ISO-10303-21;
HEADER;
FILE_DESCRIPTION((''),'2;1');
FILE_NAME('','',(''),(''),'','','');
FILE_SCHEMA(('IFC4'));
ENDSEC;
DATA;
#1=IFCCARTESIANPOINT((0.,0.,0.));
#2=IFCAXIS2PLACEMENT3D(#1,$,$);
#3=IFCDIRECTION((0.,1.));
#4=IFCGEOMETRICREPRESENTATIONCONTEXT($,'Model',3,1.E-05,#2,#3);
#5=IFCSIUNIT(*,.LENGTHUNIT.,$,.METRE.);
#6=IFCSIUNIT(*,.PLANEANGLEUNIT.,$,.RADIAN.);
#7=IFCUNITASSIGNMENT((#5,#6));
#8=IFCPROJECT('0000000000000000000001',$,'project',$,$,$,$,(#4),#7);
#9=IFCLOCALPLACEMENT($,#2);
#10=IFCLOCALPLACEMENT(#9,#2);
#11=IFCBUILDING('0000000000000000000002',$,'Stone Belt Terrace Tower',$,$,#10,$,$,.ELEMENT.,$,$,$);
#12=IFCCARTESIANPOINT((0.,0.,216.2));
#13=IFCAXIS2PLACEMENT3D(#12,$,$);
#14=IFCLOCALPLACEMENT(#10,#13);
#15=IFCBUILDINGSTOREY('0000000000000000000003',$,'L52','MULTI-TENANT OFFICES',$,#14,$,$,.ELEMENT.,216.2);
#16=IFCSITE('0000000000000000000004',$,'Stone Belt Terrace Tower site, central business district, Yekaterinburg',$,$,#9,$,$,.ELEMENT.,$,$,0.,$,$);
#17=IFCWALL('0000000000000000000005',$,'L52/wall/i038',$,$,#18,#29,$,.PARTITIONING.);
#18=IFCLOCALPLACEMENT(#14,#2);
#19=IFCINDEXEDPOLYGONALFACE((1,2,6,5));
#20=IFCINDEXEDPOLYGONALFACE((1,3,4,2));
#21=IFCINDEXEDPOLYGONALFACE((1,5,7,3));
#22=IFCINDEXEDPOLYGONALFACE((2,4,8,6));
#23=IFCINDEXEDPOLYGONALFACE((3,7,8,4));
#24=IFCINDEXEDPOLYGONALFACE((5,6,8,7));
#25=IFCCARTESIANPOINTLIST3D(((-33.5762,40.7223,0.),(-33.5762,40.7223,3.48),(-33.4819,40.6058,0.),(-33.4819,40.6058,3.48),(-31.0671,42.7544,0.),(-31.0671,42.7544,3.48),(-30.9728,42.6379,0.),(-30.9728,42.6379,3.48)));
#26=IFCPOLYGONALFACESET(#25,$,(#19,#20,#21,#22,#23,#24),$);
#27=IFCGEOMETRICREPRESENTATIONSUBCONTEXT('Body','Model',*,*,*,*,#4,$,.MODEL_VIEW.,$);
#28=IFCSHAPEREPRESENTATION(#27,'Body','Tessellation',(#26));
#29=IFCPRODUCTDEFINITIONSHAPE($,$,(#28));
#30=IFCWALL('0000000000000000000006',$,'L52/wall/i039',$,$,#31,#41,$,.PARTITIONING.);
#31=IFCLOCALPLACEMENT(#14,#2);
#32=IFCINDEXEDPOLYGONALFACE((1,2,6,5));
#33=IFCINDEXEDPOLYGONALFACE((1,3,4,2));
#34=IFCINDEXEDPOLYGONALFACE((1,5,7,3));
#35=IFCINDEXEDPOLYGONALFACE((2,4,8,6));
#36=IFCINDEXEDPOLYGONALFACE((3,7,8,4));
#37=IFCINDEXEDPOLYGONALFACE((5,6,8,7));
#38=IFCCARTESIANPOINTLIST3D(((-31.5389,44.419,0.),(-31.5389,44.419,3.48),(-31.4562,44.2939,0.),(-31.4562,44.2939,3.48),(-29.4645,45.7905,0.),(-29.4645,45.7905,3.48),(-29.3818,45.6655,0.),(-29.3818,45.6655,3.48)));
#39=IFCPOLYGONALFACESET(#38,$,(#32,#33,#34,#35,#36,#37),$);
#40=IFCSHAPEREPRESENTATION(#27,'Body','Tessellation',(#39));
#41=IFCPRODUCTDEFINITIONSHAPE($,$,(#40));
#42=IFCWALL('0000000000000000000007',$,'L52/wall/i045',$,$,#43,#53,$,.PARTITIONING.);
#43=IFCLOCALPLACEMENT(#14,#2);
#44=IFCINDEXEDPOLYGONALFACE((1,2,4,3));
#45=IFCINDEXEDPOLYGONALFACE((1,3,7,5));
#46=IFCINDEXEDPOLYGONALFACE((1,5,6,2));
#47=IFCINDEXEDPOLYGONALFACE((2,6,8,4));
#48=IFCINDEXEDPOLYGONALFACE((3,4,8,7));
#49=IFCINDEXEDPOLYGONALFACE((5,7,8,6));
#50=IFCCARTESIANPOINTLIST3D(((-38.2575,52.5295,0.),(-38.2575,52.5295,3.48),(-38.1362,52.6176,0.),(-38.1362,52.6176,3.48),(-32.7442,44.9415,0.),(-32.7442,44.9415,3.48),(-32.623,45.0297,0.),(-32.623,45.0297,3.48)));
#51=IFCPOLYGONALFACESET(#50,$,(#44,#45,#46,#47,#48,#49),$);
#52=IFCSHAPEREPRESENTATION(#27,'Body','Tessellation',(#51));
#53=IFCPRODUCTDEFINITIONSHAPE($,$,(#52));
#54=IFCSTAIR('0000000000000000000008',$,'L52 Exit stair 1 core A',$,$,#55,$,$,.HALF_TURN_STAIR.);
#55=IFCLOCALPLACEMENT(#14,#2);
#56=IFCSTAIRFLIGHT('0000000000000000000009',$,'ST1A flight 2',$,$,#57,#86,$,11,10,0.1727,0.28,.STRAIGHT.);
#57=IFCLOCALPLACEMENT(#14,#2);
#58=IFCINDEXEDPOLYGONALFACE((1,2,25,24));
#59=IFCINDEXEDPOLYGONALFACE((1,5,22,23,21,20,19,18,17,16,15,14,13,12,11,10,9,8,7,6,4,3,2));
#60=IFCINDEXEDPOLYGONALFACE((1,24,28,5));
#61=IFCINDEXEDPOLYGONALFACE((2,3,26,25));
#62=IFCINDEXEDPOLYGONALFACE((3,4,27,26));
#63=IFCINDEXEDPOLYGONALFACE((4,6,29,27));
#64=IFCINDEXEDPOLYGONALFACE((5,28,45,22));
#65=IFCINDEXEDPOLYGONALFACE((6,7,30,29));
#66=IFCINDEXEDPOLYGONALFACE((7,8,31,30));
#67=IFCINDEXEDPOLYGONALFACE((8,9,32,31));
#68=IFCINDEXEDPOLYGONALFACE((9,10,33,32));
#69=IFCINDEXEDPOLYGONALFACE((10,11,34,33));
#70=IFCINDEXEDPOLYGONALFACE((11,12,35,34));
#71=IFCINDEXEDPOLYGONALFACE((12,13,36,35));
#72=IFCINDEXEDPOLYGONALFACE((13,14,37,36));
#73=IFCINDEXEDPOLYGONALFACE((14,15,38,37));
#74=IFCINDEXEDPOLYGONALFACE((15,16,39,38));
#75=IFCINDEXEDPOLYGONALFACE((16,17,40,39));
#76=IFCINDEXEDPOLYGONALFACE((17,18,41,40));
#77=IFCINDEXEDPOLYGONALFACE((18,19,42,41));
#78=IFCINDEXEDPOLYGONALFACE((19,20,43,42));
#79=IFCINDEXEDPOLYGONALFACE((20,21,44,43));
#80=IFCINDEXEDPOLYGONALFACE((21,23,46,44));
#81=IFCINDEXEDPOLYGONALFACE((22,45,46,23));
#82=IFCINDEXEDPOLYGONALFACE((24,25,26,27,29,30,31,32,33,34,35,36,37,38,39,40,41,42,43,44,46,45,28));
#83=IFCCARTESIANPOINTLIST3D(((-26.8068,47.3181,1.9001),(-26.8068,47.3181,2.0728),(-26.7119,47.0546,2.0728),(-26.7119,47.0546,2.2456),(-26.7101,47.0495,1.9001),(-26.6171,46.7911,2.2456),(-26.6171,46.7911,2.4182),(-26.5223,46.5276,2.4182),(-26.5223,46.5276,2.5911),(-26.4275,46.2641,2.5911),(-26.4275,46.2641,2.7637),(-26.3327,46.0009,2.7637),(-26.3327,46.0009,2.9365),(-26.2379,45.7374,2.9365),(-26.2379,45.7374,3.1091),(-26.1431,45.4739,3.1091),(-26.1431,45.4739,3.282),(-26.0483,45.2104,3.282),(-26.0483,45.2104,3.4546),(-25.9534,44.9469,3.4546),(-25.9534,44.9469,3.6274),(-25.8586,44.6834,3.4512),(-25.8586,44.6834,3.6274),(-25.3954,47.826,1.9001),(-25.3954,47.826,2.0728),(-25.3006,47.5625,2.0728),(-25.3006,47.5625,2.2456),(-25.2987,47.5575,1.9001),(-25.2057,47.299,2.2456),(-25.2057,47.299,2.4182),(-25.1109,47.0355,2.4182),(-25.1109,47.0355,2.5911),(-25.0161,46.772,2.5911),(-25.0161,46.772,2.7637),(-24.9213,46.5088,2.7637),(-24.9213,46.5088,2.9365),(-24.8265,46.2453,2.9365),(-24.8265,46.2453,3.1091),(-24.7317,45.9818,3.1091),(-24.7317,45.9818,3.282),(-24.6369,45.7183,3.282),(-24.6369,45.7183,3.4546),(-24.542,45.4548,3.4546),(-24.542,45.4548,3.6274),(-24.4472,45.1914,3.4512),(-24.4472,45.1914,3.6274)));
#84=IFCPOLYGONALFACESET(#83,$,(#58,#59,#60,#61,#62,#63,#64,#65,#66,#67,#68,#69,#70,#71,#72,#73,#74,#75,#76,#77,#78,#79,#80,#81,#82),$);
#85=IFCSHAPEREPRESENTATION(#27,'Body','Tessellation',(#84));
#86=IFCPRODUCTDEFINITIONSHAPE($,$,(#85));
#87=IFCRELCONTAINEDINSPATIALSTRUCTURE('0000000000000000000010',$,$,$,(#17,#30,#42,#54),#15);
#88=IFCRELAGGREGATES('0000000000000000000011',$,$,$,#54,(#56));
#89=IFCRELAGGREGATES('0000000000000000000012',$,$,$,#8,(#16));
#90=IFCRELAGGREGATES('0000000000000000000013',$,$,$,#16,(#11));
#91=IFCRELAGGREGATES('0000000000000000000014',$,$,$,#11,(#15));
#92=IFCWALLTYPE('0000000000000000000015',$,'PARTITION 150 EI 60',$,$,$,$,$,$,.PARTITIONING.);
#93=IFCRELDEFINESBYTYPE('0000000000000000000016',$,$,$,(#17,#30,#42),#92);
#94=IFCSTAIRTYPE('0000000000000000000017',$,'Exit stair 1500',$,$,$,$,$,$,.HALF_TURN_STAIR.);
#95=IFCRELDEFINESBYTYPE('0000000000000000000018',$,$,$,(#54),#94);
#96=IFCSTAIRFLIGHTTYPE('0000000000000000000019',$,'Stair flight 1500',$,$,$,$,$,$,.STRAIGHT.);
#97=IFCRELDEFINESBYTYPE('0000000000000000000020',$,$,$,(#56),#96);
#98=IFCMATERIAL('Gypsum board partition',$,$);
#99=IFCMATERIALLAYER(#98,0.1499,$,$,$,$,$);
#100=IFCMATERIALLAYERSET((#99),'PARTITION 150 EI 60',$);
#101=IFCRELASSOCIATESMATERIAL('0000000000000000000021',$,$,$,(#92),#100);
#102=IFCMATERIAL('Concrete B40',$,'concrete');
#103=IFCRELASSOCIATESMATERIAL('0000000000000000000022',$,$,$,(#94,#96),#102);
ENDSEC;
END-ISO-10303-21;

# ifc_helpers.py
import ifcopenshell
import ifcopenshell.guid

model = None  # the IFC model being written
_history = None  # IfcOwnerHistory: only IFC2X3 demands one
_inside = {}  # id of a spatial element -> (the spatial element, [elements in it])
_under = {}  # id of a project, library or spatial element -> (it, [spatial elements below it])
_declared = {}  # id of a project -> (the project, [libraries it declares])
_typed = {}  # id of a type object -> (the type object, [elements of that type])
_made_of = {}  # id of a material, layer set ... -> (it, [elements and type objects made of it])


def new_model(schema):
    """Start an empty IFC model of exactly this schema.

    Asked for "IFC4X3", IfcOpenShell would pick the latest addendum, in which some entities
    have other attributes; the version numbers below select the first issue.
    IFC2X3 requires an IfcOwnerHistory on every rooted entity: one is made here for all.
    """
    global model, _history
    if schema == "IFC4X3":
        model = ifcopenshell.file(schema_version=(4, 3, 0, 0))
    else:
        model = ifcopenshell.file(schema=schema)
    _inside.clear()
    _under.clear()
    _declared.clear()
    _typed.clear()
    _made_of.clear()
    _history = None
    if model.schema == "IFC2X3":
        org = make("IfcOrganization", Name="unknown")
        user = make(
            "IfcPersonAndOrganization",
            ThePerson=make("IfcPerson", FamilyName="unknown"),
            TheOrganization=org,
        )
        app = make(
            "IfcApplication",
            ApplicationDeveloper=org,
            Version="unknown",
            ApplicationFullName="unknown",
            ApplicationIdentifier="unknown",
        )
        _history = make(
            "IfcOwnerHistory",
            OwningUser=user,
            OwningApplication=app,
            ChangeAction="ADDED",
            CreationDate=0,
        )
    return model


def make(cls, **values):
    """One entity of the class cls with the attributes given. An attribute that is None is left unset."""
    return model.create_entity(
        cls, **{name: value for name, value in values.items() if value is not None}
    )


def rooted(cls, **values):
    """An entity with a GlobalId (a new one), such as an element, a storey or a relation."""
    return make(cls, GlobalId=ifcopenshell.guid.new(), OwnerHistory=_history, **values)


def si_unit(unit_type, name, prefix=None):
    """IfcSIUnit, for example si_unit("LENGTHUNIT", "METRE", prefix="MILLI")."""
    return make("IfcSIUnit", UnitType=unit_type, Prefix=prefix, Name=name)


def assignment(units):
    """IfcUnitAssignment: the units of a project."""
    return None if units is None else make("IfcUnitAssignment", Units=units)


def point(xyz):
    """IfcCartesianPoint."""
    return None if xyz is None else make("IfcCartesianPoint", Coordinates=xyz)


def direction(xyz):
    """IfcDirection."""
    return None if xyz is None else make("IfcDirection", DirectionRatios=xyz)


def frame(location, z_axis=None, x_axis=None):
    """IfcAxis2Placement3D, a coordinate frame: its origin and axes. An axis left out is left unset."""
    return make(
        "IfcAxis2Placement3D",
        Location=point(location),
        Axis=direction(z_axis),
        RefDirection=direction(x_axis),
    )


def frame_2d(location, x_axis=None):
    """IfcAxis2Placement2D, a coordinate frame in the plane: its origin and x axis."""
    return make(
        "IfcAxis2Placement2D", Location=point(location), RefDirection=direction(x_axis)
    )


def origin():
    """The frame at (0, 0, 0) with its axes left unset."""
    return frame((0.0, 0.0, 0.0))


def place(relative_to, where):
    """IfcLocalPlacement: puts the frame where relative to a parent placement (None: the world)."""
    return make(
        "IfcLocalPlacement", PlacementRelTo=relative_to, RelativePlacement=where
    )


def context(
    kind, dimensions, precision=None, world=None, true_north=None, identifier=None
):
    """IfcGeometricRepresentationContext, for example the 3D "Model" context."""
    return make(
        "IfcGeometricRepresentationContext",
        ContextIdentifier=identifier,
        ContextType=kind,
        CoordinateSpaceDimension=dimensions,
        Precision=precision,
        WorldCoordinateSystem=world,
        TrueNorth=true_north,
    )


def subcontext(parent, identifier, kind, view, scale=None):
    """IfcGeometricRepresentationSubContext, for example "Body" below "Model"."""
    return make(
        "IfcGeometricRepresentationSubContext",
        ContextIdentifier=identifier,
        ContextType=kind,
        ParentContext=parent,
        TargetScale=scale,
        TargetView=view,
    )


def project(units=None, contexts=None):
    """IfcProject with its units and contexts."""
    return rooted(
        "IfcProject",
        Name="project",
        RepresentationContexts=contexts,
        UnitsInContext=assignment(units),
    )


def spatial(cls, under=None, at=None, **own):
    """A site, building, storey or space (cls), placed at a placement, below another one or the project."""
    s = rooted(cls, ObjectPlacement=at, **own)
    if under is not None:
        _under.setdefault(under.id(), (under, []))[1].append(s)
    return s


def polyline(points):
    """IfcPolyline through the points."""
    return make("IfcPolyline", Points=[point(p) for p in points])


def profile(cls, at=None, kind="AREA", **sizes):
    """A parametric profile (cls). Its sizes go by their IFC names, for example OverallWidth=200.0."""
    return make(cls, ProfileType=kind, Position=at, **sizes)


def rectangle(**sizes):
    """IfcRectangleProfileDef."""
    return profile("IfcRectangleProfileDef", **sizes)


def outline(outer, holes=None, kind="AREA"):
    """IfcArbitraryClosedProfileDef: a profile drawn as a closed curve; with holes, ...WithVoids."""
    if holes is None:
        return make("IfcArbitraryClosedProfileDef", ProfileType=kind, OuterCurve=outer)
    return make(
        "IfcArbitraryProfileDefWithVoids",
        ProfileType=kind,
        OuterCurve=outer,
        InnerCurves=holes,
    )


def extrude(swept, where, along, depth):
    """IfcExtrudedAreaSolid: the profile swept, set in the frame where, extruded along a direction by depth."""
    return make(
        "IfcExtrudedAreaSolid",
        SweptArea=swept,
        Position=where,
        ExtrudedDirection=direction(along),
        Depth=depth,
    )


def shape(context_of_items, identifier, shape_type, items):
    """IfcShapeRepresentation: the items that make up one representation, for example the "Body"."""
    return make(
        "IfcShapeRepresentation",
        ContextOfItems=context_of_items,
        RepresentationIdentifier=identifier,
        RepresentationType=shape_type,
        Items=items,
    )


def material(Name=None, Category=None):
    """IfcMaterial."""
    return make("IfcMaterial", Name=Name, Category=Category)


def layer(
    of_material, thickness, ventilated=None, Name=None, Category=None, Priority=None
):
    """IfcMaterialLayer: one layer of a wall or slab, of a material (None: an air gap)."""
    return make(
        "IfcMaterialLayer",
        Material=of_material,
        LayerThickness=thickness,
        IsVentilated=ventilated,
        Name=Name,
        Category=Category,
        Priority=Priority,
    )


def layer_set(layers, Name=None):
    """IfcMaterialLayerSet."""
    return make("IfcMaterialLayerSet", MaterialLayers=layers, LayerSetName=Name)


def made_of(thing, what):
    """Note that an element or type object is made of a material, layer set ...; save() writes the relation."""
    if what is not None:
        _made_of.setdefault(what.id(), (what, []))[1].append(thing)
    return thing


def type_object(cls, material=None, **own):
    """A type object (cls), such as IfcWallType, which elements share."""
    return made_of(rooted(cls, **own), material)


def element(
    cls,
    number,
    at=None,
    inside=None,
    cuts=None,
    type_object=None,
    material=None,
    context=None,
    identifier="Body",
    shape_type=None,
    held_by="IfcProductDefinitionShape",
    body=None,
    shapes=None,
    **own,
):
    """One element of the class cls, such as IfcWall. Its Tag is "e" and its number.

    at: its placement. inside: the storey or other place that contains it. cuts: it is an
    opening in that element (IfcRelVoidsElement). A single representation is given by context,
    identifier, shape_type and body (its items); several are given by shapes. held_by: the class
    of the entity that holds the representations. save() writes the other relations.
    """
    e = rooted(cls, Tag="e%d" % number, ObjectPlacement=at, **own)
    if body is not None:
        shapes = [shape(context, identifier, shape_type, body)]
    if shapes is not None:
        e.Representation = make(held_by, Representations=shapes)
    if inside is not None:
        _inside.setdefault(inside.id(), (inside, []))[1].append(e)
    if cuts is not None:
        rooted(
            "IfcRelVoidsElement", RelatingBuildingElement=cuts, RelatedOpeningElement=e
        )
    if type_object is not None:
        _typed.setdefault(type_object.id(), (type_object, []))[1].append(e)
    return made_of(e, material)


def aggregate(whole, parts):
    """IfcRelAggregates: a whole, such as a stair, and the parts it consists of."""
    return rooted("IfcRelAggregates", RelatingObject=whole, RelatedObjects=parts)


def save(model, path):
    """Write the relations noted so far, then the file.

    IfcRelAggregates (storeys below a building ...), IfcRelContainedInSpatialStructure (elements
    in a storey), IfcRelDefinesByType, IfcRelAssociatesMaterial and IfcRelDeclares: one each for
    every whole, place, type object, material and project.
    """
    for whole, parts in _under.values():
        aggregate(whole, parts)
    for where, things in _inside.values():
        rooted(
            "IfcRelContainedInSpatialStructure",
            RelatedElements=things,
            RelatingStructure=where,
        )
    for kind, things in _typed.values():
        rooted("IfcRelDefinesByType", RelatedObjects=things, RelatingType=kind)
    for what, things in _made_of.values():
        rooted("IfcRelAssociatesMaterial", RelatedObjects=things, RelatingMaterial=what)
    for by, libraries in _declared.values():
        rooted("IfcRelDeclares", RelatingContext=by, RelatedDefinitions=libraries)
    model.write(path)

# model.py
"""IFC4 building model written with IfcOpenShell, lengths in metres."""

from ifc_helpers import new_model, si_unit, direction, frame, frame_2d, origin, place, context, subcontext, project, spatial, polyline, rectangle, outline, extrude, material, layer, layer_set, type_object, element, aggregate, save


model = new_model("IFC4")

# Units and contexts
model_context = context("Model", 3, precision=1e-05, world=origin(), true_north=direction((0.0, 1.0)))
body_context = subcontext(model_context, "Body", "Model", "MODEL_VIEW")
ifc_project = project(units=[si_unit("LENGTHUNIT", "METRE"), si_unit("PLANEANGLEUNIT", "RADIAN")], contexts=[model_context])

# Site, building, storey
site_placement = place(None, origin())
site = spatial("IfcSite", under=ifc_project, at=site_placement, Name="Stone Belt Terrace Tower site, central business district, Yekaterinburg", CompositionType="ELEMENT", RefElevation=0.0)
building_placement = place(site_placement, origin())
building = spatial("IfcBuilding", under=site, at=building_placement, Name="Stone Belt Terrace Tower", CompositionType="ELEMENT")
storey_placement = place(building_placement, frame((0.0, 0.0, 216.2)))
storey = spatial("IfcBuildingStorey", under=building, at=storey_placement, Name="L52", Description="MULTI-TENANT OFFICES", CompositionType="ELEMENT", Elevation=216.2)

# Shared definitions
ifc_material_1 = material(Name="Gypsum board partition")
ifc_layer_1 = layer(ifc_material_1, 0.1499)
ifc_layer_set_1 = layer_set([ifc_layer_1], Name="PARTITION 150 EI 60")
wall_type_1 = type_object("IfcWallType", Name="PARTITION 150 EI 60", PredefinedType="PARTITIONING", material=ifc_layer_set_1)

# Walls
wall_1_placement = place(storey_placement, frame((-31.02, 42.696, 0.0), z_axis=(0.0, 0.0, 1.0), x_axis=(-0.777115, -0.629359, 0.0)))
element("IfcWall", 1, at=wall_1_placement, inside=storey, type_object=wall_type_1, Name="L52/wall/i038", PredefinedType="PARTITIONING", context=body_context, shape_type="SweptSolid", body=[
    extrude(rectangle(XDim=3.2288, YDim=0.1499, at=frame_2d((1.6143, 0.0))), origin(), (0.0, 0.0, 1.0), 3.48),
])
wall_2_placement = place(storey_placement, frame((-31.4976, 44.3564, 0.0), z_axis=(0.0, 0.0, 1.0), x_axis=(0.834159, 0.551524, 0.0)))
element("IfcWall", 2, at=wall_2_placement, inside=storey, type_object=wall_type_1, Name="L52/wall/i039", PredefinedType="PARTITIONING", context=body_context, shape_type="SweptSolid", body=[
    extrude(rectangle(XDim=2.4868, YDim=0.1499, at=frame_2d((1.2434, 0.0))), origin(), (0.0, 0.0, 1.0), 3.48),
])
wall_3_placement = place(storey_placement, frame((-32.6836, 44.9856, 0.0), z_axis=(0.0, 0.0, 1.0), x_axis=(-0.587803, 0.809004, 0.0)))
element("IfcWall", 3, at=wall_3_placement, inside=storey, type_object=wall_type_1, Name="L52/wall/i045", PredefinedType="PARTITIONING", context=body_context, shape_type="SweptSolid", body=[
    extrude(rectangle(XDim=9.3794, YDim=0.1499, at=frame_2d((4.6897, 0.0))), origin(), (0.0, 0.0, 1.0), 3.48),
])

# Stair, stair flight
ifc_material_2 = material(Name="Concrete B40", Category="concrete")
stair_type = type_object("IfcStairType", Name="Exit stair 1500", PredefinedType="HALF_TURN_STAIR", material=ifc_material_2)
stair_placement = place(storey_placement, origin())
stair = element("IfcStair", 4, at=stair_placement, inside=storey, type_object=stair_type, Name="L52 Exit stair 1 core A", PredefinedType="HALF_TURN_STAIR")
stair_flight_type = type_object("IfcStairFlightType", Name="Stair flight 1500", PredefinedType="STRAIGHT", material=ifc_material_2)
stair_flight_placement = place(storey_placement, frame((-26.1011, 47.572, 1.9001), z_axis=(0.0, 0.0, 1.0), x_axis=(0.338624, -0.940922, 0.0)))
stair_flight = element("IfcStairFlight", 5, at=stair_flight_placement, type_object=stair_flight_type, Name="ST1A flight 2", NumberOfRisers=11, NumberOfTreads=10, PredefinedType="STRAIGHT", RiserHeight=0.1727, TreadLength=0.28, context=body_context, shape_type="SweptSolid", body=[
    extrude(outline(polyline([(0.0, 0.0), (0.0, 0.1726), (0.28, 0.1726), (0.28, 0.3455), (0.5601, 0.3455), (0.5601, 0.5181), (0.8401, 0.5181), (0.8401, 0.6909), (1.1201, 0.6909), (1.1201, 0.8635), (1.3999, 0.8635), (1.3999, 1.0364), (1.6799, 1.0364), (1.6799, 1.209), (1.96, 1.209), (1.96, 1.3818), (2.24, 1.3818), (2.24, 1.5544), (2.52, 1.5544), (2.52, 1.7273), (2.8, 1.7273), (2.8, 1.8999), (2.8, 1.551), (0.2854, 0.0), (0.0, 0.0)])), frame((0.0, 0.75, 0.0), z_axis=(0.0, -1.0, 0.0), x_axis=(1.0, 0.0, 0.0)), (0.0, 0.0, 1.0), 1.5),
])
aggregate(stair, [stair_flight])

save(model, "model.ifc")
